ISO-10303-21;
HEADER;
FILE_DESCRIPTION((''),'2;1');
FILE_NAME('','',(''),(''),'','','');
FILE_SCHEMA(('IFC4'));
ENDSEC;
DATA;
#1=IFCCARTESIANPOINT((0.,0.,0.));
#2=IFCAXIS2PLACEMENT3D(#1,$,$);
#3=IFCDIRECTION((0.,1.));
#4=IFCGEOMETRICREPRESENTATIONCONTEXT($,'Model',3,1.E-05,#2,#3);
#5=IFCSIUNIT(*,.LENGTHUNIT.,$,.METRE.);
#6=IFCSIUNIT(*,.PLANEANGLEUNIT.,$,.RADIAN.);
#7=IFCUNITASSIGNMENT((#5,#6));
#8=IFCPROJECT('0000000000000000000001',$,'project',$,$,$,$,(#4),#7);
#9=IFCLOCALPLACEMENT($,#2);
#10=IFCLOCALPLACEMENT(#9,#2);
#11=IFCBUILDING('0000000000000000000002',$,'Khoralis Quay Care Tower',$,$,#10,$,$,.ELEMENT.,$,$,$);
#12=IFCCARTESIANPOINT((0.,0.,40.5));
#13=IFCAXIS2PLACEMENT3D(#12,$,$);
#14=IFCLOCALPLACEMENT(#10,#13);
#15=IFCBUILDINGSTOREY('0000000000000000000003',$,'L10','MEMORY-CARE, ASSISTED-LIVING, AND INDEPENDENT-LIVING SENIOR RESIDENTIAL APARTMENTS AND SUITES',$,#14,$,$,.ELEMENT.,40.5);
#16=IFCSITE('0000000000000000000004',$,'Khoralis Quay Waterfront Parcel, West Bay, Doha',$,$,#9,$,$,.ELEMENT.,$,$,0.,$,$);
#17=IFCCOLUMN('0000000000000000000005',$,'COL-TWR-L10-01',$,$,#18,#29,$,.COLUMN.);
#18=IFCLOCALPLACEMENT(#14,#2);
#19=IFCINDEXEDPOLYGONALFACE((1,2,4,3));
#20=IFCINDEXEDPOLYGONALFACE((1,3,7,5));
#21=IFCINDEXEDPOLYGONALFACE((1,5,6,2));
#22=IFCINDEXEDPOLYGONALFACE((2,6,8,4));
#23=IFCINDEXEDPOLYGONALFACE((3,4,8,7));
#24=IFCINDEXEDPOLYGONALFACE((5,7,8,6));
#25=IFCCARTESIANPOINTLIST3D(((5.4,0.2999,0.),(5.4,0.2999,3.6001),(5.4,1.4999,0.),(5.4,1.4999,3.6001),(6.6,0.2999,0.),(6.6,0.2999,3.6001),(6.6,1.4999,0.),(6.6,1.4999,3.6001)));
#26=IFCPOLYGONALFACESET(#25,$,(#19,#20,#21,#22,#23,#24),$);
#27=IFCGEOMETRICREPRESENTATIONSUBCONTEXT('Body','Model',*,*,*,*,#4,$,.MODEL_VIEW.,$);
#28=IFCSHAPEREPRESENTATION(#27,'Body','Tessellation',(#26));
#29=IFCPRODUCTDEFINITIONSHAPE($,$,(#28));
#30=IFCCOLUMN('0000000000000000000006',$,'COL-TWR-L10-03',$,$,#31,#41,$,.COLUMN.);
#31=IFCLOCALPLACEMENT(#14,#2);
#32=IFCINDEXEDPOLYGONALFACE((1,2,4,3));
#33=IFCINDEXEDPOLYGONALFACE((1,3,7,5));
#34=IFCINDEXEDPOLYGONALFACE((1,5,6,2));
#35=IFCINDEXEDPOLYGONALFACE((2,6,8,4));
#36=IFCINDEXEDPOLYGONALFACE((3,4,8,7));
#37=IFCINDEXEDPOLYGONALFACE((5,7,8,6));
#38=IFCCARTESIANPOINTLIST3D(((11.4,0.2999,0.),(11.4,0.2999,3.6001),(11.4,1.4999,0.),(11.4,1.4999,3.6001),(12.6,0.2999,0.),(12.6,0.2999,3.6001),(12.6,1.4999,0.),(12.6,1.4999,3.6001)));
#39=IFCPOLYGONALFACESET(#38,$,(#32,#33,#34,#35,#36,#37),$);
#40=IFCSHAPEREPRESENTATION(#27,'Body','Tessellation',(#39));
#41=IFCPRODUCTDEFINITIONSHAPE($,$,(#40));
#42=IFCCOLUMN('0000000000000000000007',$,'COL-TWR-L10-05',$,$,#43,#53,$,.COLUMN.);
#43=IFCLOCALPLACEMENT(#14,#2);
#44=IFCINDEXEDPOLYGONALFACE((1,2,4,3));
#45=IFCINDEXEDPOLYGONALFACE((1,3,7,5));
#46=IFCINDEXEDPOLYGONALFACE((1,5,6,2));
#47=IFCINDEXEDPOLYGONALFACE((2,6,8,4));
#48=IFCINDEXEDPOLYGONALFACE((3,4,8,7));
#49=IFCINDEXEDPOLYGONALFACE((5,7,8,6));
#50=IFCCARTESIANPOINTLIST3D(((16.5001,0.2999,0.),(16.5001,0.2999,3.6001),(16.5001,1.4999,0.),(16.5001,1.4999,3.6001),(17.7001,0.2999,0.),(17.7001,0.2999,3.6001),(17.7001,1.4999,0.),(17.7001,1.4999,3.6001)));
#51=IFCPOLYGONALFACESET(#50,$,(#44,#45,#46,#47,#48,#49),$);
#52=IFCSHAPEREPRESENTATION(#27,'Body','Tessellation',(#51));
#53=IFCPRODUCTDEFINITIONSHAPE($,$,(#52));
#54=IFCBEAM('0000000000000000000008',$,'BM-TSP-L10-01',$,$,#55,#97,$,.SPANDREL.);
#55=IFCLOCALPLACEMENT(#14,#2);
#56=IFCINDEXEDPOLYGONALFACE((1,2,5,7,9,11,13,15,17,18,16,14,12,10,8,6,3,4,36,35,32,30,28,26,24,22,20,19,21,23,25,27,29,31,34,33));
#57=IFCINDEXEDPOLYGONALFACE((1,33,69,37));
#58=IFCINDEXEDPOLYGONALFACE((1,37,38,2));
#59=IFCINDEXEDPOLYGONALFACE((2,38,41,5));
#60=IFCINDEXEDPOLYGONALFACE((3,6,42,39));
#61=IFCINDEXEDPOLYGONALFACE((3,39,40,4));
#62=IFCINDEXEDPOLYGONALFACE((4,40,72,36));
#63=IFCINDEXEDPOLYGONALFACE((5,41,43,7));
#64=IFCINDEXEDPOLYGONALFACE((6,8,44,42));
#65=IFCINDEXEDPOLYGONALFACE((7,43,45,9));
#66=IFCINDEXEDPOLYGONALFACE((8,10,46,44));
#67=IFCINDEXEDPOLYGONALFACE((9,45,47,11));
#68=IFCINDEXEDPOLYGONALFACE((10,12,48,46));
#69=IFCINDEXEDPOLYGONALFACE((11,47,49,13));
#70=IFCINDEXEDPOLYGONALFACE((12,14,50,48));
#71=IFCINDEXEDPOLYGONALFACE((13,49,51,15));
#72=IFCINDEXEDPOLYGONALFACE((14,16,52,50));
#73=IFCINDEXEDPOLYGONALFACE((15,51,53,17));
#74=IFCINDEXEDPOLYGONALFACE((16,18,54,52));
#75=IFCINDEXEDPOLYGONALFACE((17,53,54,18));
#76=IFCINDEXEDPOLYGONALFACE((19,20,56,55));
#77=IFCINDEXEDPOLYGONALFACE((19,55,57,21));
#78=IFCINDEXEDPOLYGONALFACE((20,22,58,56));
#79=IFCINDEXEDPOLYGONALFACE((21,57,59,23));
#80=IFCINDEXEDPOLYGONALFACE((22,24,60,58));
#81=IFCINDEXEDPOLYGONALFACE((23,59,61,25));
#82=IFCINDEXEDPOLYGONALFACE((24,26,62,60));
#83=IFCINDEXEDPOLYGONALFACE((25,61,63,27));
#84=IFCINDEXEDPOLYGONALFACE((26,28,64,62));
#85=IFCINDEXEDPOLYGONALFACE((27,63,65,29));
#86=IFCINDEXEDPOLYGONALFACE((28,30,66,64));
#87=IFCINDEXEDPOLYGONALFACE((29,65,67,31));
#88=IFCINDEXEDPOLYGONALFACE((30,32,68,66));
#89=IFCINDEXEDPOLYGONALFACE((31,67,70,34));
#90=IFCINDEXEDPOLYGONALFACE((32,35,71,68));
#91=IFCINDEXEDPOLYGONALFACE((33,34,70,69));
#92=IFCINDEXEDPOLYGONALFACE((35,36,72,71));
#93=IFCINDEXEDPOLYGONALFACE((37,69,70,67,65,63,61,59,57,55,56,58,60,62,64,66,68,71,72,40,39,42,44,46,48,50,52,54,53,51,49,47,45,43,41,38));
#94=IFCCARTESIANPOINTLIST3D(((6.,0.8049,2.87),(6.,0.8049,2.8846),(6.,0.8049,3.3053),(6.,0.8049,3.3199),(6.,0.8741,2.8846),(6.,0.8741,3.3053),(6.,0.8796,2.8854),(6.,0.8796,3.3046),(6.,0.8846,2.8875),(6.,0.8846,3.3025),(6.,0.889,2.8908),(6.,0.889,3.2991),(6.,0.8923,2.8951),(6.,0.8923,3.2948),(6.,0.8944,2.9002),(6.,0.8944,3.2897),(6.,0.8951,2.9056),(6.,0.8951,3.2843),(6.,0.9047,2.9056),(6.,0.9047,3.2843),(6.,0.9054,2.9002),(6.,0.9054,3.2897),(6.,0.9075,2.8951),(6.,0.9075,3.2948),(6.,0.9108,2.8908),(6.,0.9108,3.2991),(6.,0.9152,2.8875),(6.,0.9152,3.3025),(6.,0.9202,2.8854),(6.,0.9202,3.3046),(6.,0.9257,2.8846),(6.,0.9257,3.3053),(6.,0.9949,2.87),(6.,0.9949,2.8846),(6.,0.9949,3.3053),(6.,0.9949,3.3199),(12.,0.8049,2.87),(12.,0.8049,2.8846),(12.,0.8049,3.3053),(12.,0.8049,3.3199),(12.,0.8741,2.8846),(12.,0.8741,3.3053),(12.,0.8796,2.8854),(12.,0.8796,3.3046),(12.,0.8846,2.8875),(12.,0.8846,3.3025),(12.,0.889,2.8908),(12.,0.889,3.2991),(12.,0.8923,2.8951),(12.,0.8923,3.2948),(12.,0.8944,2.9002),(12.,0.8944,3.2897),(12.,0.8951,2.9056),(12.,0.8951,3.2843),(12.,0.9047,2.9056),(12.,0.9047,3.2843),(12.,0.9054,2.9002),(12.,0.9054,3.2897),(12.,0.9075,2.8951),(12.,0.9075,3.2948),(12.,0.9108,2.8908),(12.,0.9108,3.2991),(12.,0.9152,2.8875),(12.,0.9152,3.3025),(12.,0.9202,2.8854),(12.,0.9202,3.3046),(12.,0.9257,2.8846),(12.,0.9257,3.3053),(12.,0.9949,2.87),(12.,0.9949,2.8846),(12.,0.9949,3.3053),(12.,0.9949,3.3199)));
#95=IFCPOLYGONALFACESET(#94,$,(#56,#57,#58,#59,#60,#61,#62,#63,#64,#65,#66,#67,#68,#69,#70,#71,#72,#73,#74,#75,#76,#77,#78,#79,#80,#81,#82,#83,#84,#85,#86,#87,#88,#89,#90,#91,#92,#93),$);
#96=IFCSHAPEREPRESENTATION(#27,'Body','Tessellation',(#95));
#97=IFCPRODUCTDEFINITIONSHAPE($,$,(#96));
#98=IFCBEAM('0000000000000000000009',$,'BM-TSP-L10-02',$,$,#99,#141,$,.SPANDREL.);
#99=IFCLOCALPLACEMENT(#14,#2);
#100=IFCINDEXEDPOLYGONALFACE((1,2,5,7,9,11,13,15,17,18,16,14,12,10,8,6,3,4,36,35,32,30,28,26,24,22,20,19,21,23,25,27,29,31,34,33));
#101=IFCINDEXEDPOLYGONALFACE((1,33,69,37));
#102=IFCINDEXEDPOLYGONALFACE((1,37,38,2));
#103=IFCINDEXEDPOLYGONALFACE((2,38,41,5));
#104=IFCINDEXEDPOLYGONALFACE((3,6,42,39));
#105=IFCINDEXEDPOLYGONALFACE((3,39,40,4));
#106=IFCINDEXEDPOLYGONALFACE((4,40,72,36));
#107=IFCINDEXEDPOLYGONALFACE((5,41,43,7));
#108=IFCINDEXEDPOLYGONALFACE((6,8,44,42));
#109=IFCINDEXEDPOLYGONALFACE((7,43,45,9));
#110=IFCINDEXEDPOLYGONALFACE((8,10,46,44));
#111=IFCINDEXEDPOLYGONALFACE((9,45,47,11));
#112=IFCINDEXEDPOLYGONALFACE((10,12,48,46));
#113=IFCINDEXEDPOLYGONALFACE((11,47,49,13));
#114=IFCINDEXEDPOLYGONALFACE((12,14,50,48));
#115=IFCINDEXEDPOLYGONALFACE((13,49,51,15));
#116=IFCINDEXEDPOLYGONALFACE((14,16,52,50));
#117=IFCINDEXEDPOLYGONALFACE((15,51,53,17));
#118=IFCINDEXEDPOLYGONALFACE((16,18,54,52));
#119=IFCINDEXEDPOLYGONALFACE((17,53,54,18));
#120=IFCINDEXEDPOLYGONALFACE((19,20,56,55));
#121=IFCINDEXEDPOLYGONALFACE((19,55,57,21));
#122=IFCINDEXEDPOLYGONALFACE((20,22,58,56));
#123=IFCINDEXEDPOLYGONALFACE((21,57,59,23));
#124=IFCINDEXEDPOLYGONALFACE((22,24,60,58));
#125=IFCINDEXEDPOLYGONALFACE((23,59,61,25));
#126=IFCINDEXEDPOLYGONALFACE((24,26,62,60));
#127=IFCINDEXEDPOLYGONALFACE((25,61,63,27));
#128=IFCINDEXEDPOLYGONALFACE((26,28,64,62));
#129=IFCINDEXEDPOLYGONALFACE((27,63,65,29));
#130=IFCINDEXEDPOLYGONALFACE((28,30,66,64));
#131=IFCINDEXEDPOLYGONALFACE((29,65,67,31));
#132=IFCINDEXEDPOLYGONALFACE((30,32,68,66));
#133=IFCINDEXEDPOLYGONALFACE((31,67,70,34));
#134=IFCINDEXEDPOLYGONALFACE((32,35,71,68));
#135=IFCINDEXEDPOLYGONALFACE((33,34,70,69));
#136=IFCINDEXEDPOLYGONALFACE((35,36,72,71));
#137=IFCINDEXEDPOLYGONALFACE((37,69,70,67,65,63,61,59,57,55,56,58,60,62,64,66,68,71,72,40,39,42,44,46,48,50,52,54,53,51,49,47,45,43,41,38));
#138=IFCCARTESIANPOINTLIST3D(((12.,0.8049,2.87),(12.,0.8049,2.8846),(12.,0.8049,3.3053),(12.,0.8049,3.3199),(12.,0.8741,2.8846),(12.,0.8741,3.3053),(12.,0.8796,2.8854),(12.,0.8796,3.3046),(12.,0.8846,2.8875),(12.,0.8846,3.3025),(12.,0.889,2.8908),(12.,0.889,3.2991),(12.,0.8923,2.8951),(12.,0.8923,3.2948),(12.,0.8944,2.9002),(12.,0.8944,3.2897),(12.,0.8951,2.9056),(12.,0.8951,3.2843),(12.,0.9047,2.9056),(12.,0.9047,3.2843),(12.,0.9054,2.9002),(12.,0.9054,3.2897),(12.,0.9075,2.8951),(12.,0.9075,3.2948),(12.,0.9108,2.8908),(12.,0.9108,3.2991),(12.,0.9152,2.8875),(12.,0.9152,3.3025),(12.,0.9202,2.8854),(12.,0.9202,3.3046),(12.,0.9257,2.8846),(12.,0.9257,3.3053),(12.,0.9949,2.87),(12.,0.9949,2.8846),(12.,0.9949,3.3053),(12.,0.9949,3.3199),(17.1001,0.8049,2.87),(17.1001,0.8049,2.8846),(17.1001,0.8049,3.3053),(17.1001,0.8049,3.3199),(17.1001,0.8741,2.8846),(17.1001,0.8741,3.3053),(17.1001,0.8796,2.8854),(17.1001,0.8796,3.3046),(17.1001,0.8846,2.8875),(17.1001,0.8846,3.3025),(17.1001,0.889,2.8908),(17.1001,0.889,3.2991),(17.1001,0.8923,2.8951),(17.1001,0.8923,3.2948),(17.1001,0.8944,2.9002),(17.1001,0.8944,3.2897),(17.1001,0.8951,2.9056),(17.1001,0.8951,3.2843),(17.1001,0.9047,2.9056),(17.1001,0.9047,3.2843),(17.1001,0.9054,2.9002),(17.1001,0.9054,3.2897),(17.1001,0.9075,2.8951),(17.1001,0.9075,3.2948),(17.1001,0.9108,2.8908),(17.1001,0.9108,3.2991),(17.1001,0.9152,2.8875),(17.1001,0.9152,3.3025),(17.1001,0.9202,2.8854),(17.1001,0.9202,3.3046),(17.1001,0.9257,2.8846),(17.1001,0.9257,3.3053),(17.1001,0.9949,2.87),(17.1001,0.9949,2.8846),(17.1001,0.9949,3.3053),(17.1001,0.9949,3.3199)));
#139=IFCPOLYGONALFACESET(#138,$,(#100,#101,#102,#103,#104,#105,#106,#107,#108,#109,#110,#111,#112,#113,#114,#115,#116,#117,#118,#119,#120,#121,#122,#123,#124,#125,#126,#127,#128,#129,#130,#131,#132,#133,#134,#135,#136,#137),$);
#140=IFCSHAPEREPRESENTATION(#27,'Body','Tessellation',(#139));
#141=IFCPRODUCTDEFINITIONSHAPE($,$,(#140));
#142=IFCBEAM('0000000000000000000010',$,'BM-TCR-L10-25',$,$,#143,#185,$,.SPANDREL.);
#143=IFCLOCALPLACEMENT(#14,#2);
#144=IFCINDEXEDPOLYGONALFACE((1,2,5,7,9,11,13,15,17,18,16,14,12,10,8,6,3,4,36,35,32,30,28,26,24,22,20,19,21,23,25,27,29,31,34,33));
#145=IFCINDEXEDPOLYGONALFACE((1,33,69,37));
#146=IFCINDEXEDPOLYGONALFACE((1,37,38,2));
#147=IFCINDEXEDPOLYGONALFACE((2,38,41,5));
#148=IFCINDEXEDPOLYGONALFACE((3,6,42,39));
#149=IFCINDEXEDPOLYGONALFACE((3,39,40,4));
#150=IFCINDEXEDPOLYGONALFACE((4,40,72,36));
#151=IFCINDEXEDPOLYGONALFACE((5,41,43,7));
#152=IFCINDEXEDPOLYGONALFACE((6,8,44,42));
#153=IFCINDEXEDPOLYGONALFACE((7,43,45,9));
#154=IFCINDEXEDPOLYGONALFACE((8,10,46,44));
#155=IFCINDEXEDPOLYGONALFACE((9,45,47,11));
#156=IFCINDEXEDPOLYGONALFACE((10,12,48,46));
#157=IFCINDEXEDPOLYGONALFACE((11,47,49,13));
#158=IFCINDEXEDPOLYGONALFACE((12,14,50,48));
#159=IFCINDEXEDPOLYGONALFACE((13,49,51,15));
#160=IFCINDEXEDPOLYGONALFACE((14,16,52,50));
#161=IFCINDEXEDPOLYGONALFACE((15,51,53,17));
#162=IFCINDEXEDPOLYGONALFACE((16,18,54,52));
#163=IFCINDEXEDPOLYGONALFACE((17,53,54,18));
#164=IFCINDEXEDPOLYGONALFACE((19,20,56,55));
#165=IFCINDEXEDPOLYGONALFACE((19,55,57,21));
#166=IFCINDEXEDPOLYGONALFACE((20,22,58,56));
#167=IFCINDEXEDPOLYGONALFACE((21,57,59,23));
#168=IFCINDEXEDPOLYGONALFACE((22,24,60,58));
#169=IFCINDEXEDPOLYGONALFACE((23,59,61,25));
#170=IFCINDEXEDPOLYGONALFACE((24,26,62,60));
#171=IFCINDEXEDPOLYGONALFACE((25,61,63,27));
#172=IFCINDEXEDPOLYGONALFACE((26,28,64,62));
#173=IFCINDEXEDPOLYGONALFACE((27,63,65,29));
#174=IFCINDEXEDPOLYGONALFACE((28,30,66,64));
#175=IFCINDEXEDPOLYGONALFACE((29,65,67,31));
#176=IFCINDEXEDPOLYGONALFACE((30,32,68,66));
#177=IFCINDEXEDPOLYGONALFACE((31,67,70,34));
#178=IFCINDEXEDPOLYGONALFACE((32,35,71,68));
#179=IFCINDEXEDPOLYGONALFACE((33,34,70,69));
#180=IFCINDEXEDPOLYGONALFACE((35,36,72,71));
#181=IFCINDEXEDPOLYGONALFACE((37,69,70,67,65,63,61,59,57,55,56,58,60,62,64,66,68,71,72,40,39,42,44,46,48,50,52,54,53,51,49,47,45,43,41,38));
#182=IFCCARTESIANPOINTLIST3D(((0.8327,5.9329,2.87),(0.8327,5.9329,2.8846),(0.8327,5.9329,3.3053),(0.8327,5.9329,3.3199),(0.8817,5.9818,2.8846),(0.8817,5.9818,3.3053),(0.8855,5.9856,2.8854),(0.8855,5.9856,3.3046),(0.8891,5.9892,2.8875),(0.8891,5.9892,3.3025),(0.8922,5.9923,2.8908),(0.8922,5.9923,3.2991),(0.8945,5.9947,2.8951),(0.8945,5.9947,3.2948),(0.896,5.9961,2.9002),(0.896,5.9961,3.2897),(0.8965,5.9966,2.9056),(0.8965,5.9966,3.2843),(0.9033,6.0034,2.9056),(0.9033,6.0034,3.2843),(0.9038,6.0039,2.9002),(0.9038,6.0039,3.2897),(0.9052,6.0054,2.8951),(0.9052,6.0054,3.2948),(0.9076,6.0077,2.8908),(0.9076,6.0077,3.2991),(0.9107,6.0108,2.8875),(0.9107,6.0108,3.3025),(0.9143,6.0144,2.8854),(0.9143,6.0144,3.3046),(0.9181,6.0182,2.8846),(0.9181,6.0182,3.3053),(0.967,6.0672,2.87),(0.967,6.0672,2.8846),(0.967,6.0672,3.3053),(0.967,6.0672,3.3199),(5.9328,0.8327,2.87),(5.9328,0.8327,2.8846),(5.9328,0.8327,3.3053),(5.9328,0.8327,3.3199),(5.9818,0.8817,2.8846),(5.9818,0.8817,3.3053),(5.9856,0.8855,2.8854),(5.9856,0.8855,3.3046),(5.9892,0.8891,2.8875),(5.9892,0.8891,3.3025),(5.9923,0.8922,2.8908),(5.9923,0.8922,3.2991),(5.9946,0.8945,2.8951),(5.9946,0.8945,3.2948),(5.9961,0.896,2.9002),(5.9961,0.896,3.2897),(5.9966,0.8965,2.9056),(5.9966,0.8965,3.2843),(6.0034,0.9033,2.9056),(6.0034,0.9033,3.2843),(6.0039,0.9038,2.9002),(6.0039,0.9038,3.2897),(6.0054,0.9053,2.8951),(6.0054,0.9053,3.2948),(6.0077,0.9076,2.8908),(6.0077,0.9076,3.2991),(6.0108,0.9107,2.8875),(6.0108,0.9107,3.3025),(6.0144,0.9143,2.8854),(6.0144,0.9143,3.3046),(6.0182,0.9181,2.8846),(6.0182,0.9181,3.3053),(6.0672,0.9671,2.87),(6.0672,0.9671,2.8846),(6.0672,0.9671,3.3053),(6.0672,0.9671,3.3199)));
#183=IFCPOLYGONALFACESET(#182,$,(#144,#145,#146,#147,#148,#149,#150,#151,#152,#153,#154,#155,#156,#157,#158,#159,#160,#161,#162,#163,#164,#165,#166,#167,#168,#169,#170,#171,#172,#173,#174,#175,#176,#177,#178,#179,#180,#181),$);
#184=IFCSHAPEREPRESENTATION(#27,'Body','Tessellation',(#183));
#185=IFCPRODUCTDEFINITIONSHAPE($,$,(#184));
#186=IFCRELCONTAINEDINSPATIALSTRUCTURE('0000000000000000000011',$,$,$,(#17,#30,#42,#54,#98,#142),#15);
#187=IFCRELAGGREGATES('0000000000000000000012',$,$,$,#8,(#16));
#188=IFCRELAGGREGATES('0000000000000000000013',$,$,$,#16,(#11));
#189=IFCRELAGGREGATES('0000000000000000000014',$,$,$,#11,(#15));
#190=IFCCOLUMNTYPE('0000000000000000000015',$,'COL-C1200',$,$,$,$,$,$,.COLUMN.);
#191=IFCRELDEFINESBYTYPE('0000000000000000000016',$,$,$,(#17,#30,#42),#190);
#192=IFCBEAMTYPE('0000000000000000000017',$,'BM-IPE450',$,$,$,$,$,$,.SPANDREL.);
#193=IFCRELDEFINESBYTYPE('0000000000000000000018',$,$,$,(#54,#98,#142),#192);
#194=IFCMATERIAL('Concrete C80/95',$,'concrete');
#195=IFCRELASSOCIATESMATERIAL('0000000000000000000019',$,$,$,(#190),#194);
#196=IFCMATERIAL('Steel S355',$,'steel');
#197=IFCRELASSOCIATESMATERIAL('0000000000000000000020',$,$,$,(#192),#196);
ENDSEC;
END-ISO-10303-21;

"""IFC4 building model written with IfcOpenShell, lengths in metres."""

from ifc_helpers import new_model, si_unit, direction, frame, origin, origin_2d, place, context, subcontext, project, spatial, rectangle, i_section, extrude, source, transform, mapped, material, material_profile, profile_set, type_object, element, save


model = new_model("IFC4")

# Units and contexts
model_context = context("Model", 3, precision=1e-05, world=origin(), true_north=direction((0.0, 1.0)))
body_context = subcontext(model_context, "Body", "Model", "MODEL_VIEW")
ifc_project = project(units=[si_unit("LENGTHUNIT", "METRE"), si_unit("PLANEANGLEUNIT", "RADIAN")], contexts=[model_context])

# Site, building, storey
site_placement = place(None, origin())
site = spatial("IfcSite", under=ifc_project, at=site_placement, Name="Khoralis Quay Waterfront Parcel, West Bay, Doha", CompositionType="ELEMENT", RefElevation=0.0)
building_placement = place(site_placement, origin())
building = spatial("IfcBuilding", under=site, at=building_placement, Name="Khoralis Quay Care Tower", CompositionType="ELEMENT")
storey_placement = place(building_placement, frame((0.0, 0.0, 40.5)))
storey = spatial("IfcBuildingStorey", under=building, at=storey_placement, Name="L10", Description="MEMORY-CARE, ASSISTED-LIVING, AND INDEPENDENT-LIVING SENIOR RESIDENTIAL APARTMENTS AND SUITES", CompositionType="ELEMENT", Elevation=40.5)

# Columns
ifc_material_1 = material(Name="Concrete C80/95", Category="concrete")
ifc_material_profile_1 = material_profile(ifc_material_1, rectangle(XDim=1.2, YDim=1.2, at=origin_2d()), Name="Concrete C80/95")
ifc_profile_set_1 = profile_set([ifc_material_profile_1], Name="Concrete C80/95")
column_type = type_object("IfcColumnType", Name="COL-C1200", PredefinedType="COLUMN", material=ifc_profile_set_1)
shared_shape_1 = source(origin(), body_context, "Body", "SweptSolid", [
    extrude(rectangle(XDim=1.2, YDim=1.2, at=origin_2d()), origin(), (0.0, 0.0, 1.0), 3.6001),
])
for number, where, z_axis, x_axis, name in (
    (1, (6.0, 0.8999, 0.0), (0.0, 0.0, 1.0), (1.0, 0.0, 0.0), "COL-TWR-L10-01"),
    (2, (12.0, 0.8999, 0.0), (0.0, 0.0, 1.0), (1.0, 0.0, 0.0), "COL-TWR-L10-03"),
    (3, (17.1001, 0.8999, 0.0), (0.0, 0.0, 1.0), (1.0, 0.0, 0.0), "COL-TWR-L10-05"),
):
    element("IfcColumn", number, at=place(storey_placement, frame(where, z_axis=z_axis, x_axis=x_axis)), inside=storey, type_object=column_type, Name=name, PredefinedType="COLUMN", context=body_context, shape_type="MappedRepresentation", body=[
        mapped(shared_shape_1, transform((0.0, 0.0, 0.0), scale=1.0)),
    ])

# Beams
ifc_material_2 = material(Name="Steel S355", Category="steel")
ifc_material_profile_2 = material_profile(ifc_material_2, i_section(OverallWidth=0.1899, OverallDepth=0.45, WebThickness=0.0095, FlangeThickness=0.0146, FilletRadius=0.021, at=origin_2d()), Name="Steel S355")
ifc_profile_set_2 = profile_set([ifc_material_profile_2], Name="Steel S355")
beam_type_1 = type_object("IfcBeamType", Name="BM-IPE450", PredefinedType="SPANDREL", material=ifc_profile_set_2)
shared_shape_2 = source(origin(), body_context, "Body", "SweptSolid", [
    extrude(i_section(OverallWidth=0.1899, OverallDepth=0.45, WebThickness=0.0095, FlangeThickness=0.0146, FilletRadius=0.021, at=origin_2d()), origin(), (0.0, 0.0, 1.0), 6.0),
])
beam_1_placement = place(storey_placement, frame((6.0, 0.8999, 3.095), z_axis=(1.0, 0.0, 0.0), x_axis=(0.0, 1.0, 0.0)))
element("IfcBeam", 4, at=beam_1_placement, inside=storey, type_object=beam_type_1, Name="BM-TSP-L10-01", PredefinedType="SPANDREL", context=body_context, shape_type="MappedRepresentation", body=[
    mapped(shared_shape_2, transform((0.0, 0.0, 0.0), scale=1.0)),
])
shared_shape_3 = source(origin(), body_context, "Body", "SweptSolid", [
    extrude(i_section(OverallWidth=0.1899, OverallDepth=0.45, WebThickness=0.0095, FlangeThickness=0.0146, FilletRadius=0.021, at=origin_2d()), origin(), (0.0, 0.0, 1.0), 5.1001),
])
beam_2_placement = place(storey_placement, frame((12.0, 0.8999, 3.095), z_axis=(1.0, 0.0, 0.0), x_axis=(0.0, 1.0, 0.0)))
element("IfcBeam", 5, at=beam_2_placement, inside=storey, type_object=beam_type_1, Name="BM-TSP-L10-02", PredefinedType="SPANDREL", context=body_context, shape_type="MappedRepresentation", body=[
    mapped(shared_shape_3, transform((0.0, 0.0, 0.0), scale=1.0)),
])
shared_shape_4 = source(origin(), body_context, "Body", "SweptSolid", [
    extrude(i_section(OverallWidth=0.1899, OverallDepth=0.45, WebThickness=0.0095, FlangeThickness=0.0146, FilletRadius=0.021, at=origin_2d()), origin(), (0.0, 0.0, 1.0), 7.2126),
])
beam_3_placement = place(storey_placement, frame((6.0, 0.8999, 3.095), z_axis=(-0.707107, 0.707107, 0.0), x_axis=(-0.707107, -0.707107, 0.0)))
element("IfcBeam", 6, at=beam_3_placement, inside=storey, type_object=beam_type_1, Name="BM-TCR-L10-25", PredefinedType="SPANDREL", context=body_context, shape_type="MappedRepresentation", body=[
    mapped(shared_shape_4, transform((0.0, 0.0, 0.0), scale=1.0)),
])

save(model, "model.ifc")
